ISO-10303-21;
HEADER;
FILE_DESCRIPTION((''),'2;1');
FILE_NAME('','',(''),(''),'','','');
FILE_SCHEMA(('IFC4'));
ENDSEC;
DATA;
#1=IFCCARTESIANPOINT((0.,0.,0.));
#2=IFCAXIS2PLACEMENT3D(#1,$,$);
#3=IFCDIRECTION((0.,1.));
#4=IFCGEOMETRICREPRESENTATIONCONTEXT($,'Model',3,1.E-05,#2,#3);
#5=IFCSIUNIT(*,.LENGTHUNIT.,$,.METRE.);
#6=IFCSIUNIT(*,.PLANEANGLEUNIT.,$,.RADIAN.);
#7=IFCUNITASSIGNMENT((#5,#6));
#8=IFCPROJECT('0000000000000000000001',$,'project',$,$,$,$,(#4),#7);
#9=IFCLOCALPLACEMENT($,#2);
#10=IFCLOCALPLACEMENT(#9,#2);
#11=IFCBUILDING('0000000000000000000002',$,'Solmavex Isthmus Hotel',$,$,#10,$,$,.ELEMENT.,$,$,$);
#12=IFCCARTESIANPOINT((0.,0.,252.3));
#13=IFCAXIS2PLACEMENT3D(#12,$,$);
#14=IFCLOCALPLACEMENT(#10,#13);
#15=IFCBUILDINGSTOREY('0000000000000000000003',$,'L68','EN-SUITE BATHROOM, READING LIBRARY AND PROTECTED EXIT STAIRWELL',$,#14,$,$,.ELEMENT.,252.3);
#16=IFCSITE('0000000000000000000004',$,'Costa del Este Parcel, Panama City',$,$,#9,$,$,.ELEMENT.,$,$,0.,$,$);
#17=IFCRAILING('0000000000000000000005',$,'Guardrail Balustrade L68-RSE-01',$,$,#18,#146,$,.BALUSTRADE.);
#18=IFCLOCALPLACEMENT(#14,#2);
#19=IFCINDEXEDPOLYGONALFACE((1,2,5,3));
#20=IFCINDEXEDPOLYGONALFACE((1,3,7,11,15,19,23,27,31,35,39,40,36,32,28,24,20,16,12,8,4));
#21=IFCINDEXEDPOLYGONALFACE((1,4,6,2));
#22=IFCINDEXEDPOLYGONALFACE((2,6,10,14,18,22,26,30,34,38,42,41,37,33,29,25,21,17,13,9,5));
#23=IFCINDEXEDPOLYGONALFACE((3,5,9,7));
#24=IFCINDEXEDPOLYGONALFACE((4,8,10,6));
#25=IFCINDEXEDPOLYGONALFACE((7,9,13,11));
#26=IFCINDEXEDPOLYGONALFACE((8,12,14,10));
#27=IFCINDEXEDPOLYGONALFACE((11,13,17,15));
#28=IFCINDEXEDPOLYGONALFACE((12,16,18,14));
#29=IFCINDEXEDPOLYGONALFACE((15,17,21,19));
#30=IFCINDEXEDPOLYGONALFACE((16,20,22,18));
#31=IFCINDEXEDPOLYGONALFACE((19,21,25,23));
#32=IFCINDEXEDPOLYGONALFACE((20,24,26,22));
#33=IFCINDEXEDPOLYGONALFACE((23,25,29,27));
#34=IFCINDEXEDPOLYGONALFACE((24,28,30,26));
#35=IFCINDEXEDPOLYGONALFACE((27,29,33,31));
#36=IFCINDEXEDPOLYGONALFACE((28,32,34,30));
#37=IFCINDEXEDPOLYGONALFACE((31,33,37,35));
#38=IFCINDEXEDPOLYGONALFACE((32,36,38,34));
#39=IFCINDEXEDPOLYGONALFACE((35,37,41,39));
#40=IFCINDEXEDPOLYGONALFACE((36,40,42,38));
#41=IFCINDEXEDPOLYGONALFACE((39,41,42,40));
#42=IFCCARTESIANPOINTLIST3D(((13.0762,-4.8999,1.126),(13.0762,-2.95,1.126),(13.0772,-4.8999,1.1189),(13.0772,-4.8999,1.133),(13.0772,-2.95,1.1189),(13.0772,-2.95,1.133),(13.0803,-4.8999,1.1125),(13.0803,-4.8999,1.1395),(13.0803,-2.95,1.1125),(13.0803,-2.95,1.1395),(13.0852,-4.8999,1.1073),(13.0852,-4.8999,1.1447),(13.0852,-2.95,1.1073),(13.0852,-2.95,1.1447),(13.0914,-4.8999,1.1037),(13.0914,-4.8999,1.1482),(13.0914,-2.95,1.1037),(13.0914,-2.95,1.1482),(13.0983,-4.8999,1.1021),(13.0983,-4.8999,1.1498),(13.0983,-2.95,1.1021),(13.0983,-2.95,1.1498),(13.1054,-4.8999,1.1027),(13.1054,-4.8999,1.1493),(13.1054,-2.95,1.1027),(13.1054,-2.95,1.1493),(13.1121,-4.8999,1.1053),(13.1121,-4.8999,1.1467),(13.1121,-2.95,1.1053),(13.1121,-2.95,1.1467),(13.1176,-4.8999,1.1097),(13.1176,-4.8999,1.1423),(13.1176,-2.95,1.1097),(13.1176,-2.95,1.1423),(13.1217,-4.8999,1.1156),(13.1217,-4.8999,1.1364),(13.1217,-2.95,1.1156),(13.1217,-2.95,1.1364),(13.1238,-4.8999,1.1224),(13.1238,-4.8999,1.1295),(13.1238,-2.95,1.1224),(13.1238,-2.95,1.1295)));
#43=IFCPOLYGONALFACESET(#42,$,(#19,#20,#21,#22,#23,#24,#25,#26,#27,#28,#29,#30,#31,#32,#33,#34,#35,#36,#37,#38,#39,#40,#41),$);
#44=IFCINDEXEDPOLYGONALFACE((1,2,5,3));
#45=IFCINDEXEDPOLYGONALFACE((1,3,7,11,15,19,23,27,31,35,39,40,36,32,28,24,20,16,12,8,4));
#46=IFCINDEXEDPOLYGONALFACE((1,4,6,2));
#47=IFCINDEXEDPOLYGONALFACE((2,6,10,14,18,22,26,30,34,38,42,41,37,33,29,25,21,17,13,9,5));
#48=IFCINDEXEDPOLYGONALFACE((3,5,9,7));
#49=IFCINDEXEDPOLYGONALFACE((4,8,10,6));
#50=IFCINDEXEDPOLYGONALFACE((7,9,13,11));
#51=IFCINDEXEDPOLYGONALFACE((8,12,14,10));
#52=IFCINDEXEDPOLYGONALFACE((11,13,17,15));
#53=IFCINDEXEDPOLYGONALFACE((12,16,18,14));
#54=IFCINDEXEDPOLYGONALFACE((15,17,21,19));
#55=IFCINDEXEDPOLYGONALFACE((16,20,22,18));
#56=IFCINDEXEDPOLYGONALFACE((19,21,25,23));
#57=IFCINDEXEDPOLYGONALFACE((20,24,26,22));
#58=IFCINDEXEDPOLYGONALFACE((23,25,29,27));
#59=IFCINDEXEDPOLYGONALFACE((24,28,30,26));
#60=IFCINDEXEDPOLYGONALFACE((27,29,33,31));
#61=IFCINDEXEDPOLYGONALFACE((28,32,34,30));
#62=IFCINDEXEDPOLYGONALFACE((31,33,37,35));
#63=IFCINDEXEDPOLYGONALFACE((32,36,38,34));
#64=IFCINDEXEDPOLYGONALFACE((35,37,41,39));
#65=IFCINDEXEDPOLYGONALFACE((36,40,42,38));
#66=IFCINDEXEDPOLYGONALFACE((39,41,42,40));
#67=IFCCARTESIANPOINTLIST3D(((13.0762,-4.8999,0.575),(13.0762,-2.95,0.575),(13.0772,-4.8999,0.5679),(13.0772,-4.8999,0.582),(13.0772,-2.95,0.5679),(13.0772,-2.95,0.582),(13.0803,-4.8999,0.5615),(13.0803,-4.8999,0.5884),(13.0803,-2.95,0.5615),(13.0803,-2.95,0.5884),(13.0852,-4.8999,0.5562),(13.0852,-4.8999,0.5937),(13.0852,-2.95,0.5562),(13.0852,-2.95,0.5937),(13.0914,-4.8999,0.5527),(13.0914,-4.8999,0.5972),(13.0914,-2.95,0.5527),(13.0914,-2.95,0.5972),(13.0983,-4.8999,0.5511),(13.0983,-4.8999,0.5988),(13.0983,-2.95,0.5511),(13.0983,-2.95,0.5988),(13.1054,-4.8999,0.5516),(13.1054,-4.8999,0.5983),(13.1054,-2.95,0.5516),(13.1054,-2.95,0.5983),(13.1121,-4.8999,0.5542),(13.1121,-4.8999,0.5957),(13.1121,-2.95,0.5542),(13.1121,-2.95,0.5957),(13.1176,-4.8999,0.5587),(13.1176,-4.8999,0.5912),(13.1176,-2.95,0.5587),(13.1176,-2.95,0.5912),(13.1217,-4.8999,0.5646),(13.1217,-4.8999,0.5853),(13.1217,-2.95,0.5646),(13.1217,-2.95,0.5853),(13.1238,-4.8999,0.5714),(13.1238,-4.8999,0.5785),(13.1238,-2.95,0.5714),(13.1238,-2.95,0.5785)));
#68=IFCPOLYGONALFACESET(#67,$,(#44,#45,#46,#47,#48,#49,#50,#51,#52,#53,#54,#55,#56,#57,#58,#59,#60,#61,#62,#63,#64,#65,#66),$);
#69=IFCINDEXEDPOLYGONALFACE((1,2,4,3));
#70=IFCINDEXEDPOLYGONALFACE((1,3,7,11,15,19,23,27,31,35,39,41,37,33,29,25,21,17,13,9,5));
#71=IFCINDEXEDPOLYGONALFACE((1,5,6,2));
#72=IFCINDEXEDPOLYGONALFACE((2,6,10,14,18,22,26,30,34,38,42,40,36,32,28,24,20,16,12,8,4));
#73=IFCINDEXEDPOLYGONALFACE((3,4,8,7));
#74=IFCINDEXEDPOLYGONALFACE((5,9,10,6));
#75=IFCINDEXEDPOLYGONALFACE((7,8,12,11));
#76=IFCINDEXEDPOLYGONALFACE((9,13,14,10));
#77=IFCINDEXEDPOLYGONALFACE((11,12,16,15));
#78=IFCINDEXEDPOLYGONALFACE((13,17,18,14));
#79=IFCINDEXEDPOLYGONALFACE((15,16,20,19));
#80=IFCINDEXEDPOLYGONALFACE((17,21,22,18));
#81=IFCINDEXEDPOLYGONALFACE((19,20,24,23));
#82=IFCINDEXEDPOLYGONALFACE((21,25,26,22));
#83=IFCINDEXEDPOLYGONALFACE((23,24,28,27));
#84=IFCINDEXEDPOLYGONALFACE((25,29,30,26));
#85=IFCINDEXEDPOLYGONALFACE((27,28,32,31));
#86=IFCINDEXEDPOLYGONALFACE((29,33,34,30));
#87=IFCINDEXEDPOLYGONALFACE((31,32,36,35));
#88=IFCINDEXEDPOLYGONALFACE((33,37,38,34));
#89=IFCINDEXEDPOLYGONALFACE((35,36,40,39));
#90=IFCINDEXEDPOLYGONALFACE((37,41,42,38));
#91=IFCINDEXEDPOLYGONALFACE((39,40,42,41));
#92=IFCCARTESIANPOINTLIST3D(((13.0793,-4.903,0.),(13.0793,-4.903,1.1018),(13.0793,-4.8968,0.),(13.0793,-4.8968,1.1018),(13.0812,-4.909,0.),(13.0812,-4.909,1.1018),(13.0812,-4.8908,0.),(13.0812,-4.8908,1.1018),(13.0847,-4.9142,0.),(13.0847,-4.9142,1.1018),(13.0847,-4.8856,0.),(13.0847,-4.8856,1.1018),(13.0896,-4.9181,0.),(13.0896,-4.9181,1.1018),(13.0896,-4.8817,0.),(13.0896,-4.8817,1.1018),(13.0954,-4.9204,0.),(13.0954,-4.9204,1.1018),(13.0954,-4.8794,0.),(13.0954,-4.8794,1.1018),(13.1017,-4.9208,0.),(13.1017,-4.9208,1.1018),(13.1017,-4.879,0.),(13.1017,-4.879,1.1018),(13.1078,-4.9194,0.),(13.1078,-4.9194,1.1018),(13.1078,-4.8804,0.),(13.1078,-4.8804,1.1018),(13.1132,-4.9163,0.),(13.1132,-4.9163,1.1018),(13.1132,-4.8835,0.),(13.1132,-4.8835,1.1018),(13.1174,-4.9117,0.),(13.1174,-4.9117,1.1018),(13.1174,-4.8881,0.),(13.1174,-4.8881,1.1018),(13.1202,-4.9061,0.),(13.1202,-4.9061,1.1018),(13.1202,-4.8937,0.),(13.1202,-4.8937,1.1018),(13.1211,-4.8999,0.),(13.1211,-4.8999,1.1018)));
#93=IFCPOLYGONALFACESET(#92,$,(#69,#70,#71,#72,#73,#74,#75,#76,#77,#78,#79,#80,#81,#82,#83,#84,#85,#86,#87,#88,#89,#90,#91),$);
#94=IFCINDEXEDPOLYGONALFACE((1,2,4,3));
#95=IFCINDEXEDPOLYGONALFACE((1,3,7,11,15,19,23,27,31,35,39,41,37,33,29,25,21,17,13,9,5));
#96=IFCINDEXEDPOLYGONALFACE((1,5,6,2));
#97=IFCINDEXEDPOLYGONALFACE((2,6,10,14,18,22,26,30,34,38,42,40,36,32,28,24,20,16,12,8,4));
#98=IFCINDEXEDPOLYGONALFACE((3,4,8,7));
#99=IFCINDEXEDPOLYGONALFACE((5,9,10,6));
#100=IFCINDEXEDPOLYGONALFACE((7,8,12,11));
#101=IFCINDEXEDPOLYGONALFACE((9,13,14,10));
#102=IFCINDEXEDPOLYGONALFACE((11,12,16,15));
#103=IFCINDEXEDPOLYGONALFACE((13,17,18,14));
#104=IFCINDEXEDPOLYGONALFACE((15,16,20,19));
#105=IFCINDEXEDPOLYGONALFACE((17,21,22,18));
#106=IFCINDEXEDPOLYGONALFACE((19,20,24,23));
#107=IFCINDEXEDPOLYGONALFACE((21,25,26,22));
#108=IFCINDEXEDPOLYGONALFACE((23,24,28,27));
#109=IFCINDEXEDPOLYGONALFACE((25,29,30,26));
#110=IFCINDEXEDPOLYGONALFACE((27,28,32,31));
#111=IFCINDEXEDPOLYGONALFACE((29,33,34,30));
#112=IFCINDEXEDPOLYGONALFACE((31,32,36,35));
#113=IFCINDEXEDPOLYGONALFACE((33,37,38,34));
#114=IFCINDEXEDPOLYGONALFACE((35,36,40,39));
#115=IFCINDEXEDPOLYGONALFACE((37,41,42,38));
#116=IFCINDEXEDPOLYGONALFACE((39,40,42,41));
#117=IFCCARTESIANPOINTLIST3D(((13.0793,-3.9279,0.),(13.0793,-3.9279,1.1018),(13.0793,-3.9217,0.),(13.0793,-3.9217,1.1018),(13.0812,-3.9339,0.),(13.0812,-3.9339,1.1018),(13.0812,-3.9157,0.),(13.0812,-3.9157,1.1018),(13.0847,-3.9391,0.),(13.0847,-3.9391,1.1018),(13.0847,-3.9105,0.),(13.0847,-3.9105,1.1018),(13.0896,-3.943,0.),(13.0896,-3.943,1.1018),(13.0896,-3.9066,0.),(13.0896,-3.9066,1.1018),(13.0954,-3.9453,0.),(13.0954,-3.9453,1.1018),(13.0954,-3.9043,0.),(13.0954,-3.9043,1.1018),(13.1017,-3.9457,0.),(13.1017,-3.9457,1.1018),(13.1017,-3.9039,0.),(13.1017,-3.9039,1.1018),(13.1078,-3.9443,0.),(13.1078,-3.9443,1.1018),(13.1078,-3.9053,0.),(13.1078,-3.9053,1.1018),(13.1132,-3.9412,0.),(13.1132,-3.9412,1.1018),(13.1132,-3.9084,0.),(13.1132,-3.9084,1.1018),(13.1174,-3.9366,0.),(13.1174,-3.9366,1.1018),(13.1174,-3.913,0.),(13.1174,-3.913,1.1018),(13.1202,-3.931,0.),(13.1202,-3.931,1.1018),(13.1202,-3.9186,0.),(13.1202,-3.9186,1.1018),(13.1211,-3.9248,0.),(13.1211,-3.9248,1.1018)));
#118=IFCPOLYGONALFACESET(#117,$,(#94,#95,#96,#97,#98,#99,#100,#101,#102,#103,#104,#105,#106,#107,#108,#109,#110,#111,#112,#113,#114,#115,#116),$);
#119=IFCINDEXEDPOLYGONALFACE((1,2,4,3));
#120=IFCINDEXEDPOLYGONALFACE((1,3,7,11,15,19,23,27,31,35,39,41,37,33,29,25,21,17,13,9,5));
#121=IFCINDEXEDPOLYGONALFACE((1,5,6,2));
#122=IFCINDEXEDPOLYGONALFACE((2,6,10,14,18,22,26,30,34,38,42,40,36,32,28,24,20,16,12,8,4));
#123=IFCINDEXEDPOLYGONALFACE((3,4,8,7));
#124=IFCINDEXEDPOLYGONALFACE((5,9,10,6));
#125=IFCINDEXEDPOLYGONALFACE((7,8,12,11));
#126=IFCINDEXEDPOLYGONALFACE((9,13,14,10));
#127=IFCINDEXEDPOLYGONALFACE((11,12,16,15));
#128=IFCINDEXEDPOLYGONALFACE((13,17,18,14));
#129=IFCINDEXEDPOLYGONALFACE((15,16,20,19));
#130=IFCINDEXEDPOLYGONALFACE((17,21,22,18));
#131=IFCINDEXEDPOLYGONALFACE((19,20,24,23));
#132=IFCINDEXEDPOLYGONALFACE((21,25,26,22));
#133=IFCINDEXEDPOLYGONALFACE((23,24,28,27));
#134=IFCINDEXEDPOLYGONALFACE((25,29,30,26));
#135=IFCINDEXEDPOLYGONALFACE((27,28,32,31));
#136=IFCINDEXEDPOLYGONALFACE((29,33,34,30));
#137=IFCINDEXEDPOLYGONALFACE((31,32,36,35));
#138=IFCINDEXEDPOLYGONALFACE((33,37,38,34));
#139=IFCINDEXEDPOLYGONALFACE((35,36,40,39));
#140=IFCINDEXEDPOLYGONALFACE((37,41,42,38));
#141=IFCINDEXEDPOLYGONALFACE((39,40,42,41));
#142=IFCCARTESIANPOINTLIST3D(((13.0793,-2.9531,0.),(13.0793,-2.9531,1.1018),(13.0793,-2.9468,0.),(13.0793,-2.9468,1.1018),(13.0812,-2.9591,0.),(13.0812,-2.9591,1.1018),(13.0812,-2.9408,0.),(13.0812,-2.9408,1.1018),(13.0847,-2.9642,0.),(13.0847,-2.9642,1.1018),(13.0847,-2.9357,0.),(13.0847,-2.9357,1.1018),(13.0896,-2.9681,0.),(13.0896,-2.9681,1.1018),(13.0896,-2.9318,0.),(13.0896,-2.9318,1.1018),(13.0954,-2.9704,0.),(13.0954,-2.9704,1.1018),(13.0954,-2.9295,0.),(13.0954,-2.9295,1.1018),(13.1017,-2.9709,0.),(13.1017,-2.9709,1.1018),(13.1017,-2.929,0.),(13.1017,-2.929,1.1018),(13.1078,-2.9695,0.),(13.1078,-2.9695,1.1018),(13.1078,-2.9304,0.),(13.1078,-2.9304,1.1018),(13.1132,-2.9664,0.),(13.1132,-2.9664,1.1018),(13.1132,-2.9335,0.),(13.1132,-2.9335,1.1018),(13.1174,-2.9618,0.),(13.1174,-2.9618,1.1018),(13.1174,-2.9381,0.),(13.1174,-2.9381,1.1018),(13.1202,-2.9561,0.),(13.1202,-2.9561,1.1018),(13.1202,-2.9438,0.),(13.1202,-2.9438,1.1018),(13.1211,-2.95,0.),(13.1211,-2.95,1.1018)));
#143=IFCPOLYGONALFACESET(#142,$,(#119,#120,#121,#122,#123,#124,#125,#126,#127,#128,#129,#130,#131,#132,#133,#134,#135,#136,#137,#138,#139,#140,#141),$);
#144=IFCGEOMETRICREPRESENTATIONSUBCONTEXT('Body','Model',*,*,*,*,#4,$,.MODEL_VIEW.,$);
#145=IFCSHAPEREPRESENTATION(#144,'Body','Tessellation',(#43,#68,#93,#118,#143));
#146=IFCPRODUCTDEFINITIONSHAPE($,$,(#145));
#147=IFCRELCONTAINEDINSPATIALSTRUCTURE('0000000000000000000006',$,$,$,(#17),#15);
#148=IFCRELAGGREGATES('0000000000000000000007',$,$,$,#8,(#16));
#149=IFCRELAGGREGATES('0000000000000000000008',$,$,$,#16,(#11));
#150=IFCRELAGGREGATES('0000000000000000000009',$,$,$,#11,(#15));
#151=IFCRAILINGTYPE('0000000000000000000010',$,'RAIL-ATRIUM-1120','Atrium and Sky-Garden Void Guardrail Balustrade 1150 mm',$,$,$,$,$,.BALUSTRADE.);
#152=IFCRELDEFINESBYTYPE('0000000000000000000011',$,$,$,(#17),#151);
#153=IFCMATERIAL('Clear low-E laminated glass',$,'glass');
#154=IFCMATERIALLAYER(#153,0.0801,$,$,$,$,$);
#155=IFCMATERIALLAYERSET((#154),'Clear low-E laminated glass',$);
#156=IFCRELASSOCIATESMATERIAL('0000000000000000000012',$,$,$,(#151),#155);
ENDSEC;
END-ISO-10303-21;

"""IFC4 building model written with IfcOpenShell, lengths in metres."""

from ifc_helpers import new_model, si_unit, direction, frame, origin, origin_2d, place, context, subcontext, project, spatial, circle, extrude, material, layer, layer_set, type_object, element, save


model = new_model("IFC4")

# Units and contexts
model_context = context("Model", 3, precision=1e-05, world=origin(), true_north=direction((0.0, 1.0)))
body_context = subcontext(model_context, "Body", "Model", "MODEL_VIEW")
ifc_project = project(units=[si_unit("LENGTHUNIT", "METRE"), si_unit("PLANEANGLEUNIT", "RADIAN")], contexts=[model_context])

# Site, building, storey
site_placement = place(None, origin())
site = spatial("IfcSite", under=ifc_project, at=site_placement, Name="Costa del Este Parcel, Panama City", CompositionType="ELEMENT", RefElevation=0.0)
building_placement = place(site_placement, origin())
building = spatial("IfcBuilding", under=site, at=building_placement, Name="Solmavex Isthmus Hotel", CompositionType="ELEMENT")
storey_placement = place(building_placement, frame((0.0, 0.0, 252.3)))
storey = spatial("IfcBuildingStorey", under=building, at=storey_placement, Name="L68", Description="EN-SUITE BATHROOM, READING LIBRARY AND PROTECTED EXIT STAIRWELL", CompositionType="ELEMENT", Elevation=252.3)

# Railing
ifc_material_1 = material(Name="Clear low-E laminated glass", Category="glass")
ifc_layer_1 = layer(ifc_material_1, 0.0801)
ifc_layer_set_1 = layer_set([ifc_layer_1], Name="Clear low-E laminated glass")
railing_type_1 = type_object("IfcRailingType", Name="RAIL-ATRIUM-1120", Description="Atrium and Sky-Garden Void Guardrail Balustrade 1150 mm", PredefinedType="BALUSTRADE", material=ifc_layer_set_1)
railing_1_placement = place(storey_placement, frame((13.1001, -4.8999, 0.0)))
element("IfcRailing", 1, at=railing_1_placement, inside=storey, type_object=railing_type_1, Name="Guardrail Balustrade L68-RSE-01", PredefinedType="BALUSTRADE", context=body_context, shape_type="SweptSolid", body=[
    extrude(circle(Radius=0.0239, at=origin_2d()), frame((0.0, 0.0, 1.126), z_axis=(0.0, 1.0, 0.0), x_axis=(-1.0, 0.0, 0.0)), (0.0, 0.0, 1.0), 1.95),
    extrude(circle(Radius=0.0239, at=origin_2d()), frame((0.0, 0.0, 0.575), z_axis=(0.0, 1.0, 0.0), x_axis=(-1.0, 0.0, 0.0)), (0.0, 0.0, 1.0), 1.95),
    extrude(circle(Radius=0.021, at=origin_2d()), origin(), (0.0, 0.0, 1.0), 1.1018),
    extrude(circle(Radius=0.021, at=origin_2d()), frame((0.0, 0.9751, 0.0)), (0.0, 0.0, 1.0), 1.1018),
    extrude(circle(Radius=0.021, at=origin_2d()), frame((0.0, 1.95, 0.0)), (0.0, 0.0, 1.0), 1.1018),
])

save(model, "model.ifc")
